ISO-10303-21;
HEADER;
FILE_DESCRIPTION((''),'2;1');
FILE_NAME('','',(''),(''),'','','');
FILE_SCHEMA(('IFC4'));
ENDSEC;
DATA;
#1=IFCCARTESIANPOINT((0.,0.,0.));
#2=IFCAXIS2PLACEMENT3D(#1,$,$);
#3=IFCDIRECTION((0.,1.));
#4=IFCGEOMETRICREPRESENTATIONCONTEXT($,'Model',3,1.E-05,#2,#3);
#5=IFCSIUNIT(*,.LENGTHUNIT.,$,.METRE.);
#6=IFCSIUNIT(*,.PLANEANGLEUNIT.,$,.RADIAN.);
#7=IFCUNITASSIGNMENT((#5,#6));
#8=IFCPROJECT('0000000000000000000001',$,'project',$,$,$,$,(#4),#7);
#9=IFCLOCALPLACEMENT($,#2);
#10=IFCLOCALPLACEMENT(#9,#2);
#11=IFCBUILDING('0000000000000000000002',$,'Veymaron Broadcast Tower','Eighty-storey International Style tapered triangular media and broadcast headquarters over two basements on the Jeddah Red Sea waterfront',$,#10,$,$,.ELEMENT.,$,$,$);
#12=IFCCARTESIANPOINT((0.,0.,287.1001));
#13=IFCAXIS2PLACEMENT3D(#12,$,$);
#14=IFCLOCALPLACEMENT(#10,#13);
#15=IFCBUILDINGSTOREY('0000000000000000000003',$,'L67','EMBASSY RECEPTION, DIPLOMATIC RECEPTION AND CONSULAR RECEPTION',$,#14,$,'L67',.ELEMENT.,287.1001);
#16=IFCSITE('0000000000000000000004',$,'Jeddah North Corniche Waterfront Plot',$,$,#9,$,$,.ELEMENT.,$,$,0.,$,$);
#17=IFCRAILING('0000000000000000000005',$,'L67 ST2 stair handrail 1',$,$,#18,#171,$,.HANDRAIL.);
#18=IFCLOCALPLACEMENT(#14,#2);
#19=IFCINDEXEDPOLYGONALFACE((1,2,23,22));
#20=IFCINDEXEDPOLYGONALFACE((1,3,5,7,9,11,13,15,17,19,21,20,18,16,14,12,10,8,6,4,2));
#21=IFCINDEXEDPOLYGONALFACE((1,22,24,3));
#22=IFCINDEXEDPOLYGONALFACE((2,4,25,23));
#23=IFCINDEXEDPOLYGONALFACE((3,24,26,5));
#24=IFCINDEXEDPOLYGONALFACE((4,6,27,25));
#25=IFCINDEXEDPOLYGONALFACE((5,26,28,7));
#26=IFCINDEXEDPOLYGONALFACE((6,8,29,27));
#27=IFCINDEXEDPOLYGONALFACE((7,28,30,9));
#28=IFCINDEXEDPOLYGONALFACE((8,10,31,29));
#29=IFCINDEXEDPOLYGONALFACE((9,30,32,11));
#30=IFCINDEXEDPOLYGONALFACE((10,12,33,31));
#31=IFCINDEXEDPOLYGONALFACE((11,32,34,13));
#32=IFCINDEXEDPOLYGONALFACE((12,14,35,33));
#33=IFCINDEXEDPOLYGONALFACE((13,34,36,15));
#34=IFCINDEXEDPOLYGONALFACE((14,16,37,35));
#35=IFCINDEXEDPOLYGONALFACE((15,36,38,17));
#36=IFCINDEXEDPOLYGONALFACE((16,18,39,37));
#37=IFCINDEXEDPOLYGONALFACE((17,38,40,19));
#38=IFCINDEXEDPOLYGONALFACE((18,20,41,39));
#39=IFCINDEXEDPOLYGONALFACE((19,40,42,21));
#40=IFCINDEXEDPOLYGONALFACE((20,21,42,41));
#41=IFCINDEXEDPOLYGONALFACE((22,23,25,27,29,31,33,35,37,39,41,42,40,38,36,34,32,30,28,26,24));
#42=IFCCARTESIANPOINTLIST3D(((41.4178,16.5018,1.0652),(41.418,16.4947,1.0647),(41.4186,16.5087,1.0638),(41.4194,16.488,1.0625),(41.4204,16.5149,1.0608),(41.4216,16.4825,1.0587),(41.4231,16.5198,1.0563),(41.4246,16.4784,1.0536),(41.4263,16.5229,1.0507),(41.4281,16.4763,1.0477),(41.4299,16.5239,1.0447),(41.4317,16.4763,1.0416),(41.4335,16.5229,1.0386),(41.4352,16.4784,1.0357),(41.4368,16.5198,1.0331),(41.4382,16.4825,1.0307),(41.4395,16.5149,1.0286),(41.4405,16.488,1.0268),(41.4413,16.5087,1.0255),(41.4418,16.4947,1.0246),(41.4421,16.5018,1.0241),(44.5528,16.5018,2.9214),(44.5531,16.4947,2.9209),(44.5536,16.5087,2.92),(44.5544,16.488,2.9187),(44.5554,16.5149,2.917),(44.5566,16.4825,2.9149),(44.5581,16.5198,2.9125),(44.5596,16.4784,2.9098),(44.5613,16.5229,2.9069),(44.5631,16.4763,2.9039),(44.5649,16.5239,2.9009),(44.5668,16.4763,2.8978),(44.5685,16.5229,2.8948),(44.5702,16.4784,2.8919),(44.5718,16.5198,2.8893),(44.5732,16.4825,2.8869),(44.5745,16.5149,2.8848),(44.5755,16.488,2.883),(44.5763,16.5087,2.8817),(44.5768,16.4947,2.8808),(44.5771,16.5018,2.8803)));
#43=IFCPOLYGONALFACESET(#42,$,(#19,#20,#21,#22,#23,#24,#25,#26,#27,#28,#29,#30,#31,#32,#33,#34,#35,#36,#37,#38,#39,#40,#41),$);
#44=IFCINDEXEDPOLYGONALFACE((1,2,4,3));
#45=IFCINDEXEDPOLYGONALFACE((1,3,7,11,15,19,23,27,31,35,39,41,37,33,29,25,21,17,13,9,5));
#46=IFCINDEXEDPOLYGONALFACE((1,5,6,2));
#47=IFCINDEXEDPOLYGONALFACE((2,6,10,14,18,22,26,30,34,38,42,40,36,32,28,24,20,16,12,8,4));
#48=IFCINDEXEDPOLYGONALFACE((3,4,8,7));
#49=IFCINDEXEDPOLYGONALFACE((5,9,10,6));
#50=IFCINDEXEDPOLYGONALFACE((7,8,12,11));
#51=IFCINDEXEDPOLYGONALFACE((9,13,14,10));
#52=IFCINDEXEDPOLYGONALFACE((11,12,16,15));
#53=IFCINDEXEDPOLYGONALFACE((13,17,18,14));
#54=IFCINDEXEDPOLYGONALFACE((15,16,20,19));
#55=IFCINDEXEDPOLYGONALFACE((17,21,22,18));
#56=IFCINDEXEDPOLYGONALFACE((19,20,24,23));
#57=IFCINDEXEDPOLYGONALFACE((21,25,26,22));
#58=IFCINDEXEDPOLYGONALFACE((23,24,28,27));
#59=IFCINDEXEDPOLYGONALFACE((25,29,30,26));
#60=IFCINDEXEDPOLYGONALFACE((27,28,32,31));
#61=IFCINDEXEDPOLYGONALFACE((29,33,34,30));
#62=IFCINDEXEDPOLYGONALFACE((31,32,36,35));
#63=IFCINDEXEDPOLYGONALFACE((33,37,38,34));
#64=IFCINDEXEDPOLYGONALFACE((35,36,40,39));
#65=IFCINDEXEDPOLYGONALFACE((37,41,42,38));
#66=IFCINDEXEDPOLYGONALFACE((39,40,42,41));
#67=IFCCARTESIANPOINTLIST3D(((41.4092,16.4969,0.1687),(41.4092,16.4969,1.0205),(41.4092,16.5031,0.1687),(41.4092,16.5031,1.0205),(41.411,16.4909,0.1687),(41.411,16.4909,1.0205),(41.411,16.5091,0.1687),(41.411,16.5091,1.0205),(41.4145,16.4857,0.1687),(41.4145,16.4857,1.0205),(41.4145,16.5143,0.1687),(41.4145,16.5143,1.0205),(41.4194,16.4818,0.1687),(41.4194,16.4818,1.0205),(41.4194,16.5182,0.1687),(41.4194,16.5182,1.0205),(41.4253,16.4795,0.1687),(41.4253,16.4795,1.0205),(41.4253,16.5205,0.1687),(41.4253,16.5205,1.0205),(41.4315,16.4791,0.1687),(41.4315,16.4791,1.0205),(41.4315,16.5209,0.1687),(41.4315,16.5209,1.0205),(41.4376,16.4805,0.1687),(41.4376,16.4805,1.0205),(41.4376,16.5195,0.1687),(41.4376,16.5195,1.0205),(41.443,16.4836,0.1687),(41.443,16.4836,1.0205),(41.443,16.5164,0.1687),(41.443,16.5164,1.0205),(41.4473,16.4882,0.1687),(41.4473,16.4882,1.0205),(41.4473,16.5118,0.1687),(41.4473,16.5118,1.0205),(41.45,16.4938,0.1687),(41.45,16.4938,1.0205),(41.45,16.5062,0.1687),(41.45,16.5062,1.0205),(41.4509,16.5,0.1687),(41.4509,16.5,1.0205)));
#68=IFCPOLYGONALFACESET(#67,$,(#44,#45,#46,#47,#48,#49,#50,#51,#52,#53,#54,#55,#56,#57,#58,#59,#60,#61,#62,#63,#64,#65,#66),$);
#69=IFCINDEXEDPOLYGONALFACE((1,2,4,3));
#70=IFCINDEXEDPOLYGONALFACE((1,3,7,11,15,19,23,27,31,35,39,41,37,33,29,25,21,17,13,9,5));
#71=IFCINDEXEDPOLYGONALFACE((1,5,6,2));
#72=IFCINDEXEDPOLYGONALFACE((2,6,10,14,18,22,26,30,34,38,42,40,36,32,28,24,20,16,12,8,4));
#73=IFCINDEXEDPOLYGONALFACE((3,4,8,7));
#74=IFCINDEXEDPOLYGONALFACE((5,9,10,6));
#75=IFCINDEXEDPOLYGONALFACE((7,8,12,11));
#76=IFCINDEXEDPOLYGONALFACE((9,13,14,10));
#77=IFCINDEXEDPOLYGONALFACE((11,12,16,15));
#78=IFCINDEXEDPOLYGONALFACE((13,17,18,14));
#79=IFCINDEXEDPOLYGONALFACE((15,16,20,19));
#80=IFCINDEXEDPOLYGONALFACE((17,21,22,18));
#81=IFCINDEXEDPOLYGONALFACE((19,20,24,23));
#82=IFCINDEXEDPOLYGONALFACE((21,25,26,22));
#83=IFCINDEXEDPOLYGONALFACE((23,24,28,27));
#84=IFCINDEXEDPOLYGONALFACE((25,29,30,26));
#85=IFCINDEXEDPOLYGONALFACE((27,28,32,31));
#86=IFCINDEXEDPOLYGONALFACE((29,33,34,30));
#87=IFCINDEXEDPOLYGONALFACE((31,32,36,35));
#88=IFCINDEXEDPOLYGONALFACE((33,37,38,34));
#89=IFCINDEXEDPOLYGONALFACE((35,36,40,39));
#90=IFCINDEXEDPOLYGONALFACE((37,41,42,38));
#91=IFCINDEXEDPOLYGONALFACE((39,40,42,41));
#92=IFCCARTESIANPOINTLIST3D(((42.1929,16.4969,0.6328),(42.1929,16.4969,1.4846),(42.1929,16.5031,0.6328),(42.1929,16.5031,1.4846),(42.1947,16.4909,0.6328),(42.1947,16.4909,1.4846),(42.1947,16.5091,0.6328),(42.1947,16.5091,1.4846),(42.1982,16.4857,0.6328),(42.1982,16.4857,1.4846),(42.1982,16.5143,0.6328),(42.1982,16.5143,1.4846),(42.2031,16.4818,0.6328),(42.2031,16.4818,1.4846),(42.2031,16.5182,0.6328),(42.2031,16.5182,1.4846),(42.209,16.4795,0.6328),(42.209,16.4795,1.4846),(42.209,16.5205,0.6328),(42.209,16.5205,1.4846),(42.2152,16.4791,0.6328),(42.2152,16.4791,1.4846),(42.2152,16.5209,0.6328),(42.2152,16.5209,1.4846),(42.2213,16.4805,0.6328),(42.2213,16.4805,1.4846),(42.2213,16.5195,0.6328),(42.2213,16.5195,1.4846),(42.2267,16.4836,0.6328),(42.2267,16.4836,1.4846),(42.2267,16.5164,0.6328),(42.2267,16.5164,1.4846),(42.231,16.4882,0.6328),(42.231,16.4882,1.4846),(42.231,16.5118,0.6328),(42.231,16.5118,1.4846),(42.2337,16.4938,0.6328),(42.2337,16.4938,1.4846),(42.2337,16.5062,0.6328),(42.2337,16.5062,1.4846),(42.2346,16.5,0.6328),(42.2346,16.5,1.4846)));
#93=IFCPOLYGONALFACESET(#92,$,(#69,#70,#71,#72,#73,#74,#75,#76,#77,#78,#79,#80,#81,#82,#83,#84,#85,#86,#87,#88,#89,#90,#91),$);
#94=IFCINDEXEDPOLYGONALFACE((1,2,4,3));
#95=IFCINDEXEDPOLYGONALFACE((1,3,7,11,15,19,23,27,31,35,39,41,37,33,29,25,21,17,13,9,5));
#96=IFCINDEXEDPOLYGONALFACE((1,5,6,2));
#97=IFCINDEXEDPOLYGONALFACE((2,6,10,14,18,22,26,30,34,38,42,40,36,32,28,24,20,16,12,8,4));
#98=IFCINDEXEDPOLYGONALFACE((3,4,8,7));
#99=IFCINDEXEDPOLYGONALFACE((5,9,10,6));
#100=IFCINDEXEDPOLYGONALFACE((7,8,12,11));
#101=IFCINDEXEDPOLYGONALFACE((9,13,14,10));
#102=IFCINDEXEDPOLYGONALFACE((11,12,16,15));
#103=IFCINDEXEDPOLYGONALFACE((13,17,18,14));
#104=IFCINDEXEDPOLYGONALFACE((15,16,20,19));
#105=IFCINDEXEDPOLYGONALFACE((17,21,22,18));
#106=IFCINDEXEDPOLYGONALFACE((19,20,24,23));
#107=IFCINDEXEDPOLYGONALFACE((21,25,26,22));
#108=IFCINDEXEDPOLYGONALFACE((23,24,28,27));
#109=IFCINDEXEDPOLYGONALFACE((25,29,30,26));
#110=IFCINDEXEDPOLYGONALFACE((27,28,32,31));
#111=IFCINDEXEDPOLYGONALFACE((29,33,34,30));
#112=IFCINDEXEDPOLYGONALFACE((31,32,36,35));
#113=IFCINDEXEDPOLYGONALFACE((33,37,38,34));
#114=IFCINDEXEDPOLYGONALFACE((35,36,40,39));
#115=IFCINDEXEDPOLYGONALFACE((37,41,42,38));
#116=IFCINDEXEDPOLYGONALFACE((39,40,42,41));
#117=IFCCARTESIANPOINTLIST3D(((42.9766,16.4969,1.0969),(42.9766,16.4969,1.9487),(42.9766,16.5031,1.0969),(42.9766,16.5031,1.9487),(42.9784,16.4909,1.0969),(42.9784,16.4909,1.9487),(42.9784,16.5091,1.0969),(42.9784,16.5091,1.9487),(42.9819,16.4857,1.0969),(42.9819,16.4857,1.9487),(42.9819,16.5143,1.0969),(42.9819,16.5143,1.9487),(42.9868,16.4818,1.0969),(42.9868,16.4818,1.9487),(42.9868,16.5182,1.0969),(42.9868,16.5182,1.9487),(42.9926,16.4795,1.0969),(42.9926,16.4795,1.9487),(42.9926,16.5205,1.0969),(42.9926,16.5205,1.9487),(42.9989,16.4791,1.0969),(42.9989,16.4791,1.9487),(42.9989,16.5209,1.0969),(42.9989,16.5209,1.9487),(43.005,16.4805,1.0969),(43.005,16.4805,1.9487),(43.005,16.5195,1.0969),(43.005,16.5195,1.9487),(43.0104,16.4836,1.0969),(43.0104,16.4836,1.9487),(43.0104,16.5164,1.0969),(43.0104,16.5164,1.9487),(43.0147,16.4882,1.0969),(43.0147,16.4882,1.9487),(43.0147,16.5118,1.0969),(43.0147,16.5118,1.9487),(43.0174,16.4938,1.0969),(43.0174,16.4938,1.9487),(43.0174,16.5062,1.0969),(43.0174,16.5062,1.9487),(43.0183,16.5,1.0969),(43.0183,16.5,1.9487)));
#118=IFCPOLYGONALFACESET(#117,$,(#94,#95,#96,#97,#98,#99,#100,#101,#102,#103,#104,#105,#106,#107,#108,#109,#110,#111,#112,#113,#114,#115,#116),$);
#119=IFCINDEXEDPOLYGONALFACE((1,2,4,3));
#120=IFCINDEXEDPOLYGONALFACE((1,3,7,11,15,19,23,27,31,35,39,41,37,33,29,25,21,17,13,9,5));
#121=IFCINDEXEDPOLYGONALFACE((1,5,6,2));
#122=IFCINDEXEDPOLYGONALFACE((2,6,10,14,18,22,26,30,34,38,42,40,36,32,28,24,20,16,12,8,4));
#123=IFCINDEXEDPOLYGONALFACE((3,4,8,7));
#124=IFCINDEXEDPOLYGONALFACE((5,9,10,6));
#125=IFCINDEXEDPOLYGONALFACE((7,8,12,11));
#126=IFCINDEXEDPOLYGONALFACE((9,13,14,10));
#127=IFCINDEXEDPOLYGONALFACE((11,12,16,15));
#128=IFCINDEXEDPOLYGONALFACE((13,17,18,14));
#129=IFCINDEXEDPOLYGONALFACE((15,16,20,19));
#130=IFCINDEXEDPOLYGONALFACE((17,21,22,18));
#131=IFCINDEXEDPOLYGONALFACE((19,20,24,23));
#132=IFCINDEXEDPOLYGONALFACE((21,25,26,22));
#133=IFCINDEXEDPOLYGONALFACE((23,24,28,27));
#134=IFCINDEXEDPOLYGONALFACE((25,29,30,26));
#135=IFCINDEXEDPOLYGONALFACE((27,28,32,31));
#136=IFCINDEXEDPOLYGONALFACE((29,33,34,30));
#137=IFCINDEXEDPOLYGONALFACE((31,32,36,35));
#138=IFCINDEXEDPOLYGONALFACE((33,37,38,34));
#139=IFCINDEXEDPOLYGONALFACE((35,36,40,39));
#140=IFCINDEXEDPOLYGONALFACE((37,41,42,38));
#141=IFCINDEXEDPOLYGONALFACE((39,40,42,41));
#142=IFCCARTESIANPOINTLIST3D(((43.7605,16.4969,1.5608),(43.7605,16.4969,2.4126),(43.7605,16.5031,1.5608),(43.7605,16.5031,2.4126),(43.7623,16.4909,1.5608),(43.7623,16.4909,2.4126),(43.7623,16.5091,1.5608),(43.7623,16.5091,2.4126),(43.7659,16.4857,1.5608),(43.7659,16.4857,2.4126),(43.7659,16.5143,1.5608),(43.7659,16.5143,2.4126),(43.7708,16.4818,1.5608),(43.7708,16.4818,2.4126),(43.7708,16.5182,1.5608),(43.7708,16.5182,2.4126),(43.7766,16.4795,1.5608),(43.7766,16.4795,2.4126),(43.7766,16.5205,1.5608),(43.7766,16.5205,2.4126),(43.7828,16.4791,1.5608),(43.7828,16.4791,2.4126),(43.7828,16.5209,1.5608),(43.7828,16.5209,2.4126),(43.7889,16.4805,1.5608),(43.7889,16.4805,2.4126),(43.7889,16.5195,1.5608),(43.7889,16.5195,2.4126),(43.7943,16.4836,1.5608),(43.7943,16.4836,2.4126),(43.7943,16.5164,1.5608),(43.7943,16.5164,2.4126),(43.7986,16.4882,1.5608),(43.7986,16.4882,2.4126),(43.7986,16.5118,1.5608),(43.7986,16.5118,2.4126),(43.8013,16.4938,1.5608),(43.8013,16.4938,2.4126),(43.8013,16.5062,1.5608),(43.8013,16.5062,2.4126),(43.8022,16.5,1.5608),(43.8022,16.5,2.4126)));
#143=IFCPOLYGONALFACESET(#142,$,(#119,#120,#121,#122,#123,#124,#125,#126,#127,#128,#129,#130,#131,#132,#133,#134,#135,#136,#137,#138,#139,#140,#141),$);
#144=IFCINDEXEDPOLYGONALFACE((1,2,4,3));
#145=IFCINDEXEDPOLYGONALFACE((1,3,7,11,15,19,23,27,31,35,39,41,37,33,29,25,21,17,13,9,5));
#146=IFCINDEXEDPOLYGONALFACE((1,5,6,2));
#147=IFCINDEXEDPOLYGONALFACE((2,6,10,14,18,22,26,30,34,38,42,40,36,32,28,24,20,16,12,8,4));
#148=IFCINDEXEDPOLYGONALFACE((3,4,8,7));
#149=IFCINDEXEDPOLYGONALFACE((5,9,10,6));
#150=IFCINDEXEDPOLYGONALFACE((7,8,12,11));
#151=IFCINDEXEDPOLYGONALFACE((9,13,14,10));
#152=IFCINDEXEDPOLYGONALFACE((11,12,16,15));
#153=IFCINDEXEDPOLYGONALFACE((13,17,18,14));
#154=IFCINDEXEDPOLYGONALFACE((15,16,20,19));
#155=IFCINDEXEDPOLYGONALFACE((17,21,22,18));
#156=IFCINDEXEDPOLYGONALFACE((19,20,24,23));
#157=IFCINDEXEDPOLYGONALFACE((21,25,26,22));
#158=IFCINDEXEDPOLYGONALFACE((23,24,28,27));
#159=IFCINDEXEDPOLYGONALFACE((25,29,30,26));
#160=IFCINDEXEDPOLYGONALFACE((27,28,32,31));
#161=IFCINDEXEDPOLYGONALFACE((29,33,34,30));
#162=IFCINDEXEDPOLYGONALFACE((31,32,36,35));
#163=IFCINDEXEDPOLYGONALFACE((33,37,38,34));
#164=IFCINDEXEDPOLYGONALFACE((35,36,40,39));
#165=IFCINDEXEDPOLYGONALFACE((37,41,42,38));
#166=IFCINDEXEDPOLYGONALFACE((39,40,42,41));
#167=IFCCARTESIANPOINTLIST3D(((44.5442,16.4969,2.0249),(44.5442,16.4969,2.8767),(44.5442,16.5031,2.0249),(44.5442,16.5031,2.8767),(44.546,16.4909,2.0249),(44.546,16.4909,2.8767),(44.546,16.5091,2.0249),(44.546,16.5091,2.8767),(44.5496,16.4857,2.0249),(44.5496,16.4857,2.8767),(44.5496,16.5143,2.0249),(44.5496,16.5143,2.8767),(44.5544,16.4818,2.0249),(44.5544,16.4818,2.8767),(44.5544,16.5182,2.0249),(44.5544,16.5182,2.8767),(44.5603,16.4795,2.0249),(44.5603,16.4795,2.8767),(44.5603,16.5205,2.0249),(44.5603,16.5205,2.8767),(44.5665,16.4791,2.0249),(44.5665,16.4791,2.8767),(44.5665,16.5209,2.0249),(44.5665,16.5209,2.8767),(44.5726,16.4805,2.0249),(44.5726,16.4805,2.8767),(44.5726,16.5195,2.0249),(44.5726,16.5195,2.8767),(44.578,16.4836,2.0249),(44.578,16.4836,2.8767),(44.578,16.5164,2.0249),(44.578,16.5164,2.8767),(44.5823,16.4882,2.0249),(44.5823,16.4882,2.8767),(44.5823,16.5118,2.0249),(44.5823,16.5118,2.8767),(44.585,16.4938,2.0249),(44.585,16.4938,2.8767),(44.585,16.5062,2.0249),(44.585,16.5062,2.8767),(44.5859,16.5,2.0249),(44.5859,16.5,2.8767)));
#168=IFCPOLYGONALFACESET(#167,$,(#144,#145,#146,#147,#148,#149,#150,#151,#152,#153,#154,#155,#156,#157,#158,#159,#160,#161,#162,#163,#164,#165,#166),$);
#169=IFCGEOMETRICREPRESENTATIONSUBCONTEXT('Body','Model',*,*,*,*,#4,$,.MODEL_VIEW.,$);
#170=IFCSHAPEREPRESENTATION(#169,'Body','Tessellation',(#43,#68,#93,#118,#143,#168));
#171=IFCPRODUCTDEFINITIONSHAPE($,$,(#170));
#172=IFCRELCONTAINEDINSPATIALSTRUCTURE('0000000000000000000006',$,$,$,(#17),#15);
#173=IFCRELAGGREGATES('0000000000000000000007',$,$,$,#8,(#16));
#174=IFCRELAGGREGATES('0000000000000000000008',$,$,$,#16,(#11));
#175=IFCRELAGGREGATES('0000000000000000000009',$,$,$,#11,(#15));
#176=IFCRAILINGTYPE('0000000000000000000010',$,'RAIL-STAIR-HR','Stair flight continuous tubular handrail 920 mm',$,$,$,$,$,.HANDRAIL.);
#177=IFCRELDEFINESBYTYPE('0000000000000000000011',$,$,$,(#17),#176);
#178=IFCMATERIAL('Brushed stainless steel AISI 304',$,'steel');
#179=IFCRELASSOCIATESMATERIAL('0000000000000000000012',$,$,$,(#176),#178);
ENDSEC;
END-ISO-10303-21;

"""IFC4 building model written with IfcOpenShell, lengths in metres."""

from ifc_helpers import new_model, si_unit, direction, frame, origin, origin_2d, place, context, subcontext, project, spatial, circle, extrude, material, type_object, element, save


model = new_model("IFC4")

# Units and contexts
model_context = context("Model", 3, precision=1e-05, world=origin(), true_north=direction((0.0, 1.0)))
body_context = subcontext(model_context, "Body", "Model", "MODEL_VIEW")
ifc_project = project(units=[si_unit("LENGTHUNIT", "METRE"), si_unit("PLANEANGLEUNIT", "RADIAN")], contexts=[model_context])

# Site, building, storey
site_placement = place(None, origin())
site = spatial("IfcSite", under=ifc_project, at=site_placement, Name="Jeddah North Corniche Waterfront Plot", CompositionType="ELEMENT", RefElevation=0.0)
building_placement = place(site_placement, origin())
building = spatial("IfcBuilding", under=site, at=building_placement, Name="Veymaron Broadcast Tower", Description="Eighty-storey International Style tapered triangular media and broadcast headquarters over two basements on the Jeddah Red Sea waterfront", CompositionType="ELEMENT")
storey_placement = place(building_placement, frame((0.0, 0.0, 287.1001)))
storey = spatial("IfcBuildingStorey", under=building, at=storey_placement, Name="L67", Description="EMBASSY RECEPTION, DIPLOMATIC RECEPTION AND CONSULAR RECEPTION", LongName="L67", CompositionType="ELEMENT", Elevation=287.1001)

# Railing
ifc_material_1 = material(Name="Brushed stainless steel AISI 304", Category="steel")
railing_type_1 = type_object("IfcRailingType", Name="RAIL-STAIR-HR", Description="Stair flight continuous tubular handrail 920 mm", PredefinedType="HANDRAIL", material=ifc_material_1)
railing_1_placement = place(storey_placement, frame((41.4299, 16.5, 0.1687)))
element("IfcRailing", 1, at=railing_1_placement, inside=storey, type_object=railing_type_1, Name="L67 ST2 stair handrail 1", PredefinedType="HANDRAIL", context=body_context, shape_type="SweptSolid", body=[
    extrude(circle(Radius=0.0239, at=origin_2d()), frame((0.0, 0.0, 0.876), z_axis=(0.860482, 0.0, 0.509481), x_axis=(0.0, 1.0, 0.0)), (0.0, 0.0, 1.0), 3.6433),
    extrude(circle(Radius=0.021, at=origin_2d()), origin(), (0.0, 0.0, 1.0), 0.8518),
    extrude(circle(Radius=0.021, at=origin_2d()), frame((0.7837, 0.0, 0.4641)), (0.0, 0.0, 1.0), 0.8518),
    extrude(circle(Radius=0.021, at=origin_2d()), frame((1.5674, 0.0, 0.9282)), (0.0, 0.0, 1.0), 0.8518),
    extrude(circle(Radius=0.021, at=origin_2d()), frame((2.3513, 0.0, 1.3921)), (0.0, 0.0, 1.0), 0.8518),
    extrude(circle(Radius=0.021, at=origin_2d()), frame((3.135, 0.0, 1.8562)), (0.0, 0.0, 1.0), 0.8518),
])

save(model, "model.ifc")
